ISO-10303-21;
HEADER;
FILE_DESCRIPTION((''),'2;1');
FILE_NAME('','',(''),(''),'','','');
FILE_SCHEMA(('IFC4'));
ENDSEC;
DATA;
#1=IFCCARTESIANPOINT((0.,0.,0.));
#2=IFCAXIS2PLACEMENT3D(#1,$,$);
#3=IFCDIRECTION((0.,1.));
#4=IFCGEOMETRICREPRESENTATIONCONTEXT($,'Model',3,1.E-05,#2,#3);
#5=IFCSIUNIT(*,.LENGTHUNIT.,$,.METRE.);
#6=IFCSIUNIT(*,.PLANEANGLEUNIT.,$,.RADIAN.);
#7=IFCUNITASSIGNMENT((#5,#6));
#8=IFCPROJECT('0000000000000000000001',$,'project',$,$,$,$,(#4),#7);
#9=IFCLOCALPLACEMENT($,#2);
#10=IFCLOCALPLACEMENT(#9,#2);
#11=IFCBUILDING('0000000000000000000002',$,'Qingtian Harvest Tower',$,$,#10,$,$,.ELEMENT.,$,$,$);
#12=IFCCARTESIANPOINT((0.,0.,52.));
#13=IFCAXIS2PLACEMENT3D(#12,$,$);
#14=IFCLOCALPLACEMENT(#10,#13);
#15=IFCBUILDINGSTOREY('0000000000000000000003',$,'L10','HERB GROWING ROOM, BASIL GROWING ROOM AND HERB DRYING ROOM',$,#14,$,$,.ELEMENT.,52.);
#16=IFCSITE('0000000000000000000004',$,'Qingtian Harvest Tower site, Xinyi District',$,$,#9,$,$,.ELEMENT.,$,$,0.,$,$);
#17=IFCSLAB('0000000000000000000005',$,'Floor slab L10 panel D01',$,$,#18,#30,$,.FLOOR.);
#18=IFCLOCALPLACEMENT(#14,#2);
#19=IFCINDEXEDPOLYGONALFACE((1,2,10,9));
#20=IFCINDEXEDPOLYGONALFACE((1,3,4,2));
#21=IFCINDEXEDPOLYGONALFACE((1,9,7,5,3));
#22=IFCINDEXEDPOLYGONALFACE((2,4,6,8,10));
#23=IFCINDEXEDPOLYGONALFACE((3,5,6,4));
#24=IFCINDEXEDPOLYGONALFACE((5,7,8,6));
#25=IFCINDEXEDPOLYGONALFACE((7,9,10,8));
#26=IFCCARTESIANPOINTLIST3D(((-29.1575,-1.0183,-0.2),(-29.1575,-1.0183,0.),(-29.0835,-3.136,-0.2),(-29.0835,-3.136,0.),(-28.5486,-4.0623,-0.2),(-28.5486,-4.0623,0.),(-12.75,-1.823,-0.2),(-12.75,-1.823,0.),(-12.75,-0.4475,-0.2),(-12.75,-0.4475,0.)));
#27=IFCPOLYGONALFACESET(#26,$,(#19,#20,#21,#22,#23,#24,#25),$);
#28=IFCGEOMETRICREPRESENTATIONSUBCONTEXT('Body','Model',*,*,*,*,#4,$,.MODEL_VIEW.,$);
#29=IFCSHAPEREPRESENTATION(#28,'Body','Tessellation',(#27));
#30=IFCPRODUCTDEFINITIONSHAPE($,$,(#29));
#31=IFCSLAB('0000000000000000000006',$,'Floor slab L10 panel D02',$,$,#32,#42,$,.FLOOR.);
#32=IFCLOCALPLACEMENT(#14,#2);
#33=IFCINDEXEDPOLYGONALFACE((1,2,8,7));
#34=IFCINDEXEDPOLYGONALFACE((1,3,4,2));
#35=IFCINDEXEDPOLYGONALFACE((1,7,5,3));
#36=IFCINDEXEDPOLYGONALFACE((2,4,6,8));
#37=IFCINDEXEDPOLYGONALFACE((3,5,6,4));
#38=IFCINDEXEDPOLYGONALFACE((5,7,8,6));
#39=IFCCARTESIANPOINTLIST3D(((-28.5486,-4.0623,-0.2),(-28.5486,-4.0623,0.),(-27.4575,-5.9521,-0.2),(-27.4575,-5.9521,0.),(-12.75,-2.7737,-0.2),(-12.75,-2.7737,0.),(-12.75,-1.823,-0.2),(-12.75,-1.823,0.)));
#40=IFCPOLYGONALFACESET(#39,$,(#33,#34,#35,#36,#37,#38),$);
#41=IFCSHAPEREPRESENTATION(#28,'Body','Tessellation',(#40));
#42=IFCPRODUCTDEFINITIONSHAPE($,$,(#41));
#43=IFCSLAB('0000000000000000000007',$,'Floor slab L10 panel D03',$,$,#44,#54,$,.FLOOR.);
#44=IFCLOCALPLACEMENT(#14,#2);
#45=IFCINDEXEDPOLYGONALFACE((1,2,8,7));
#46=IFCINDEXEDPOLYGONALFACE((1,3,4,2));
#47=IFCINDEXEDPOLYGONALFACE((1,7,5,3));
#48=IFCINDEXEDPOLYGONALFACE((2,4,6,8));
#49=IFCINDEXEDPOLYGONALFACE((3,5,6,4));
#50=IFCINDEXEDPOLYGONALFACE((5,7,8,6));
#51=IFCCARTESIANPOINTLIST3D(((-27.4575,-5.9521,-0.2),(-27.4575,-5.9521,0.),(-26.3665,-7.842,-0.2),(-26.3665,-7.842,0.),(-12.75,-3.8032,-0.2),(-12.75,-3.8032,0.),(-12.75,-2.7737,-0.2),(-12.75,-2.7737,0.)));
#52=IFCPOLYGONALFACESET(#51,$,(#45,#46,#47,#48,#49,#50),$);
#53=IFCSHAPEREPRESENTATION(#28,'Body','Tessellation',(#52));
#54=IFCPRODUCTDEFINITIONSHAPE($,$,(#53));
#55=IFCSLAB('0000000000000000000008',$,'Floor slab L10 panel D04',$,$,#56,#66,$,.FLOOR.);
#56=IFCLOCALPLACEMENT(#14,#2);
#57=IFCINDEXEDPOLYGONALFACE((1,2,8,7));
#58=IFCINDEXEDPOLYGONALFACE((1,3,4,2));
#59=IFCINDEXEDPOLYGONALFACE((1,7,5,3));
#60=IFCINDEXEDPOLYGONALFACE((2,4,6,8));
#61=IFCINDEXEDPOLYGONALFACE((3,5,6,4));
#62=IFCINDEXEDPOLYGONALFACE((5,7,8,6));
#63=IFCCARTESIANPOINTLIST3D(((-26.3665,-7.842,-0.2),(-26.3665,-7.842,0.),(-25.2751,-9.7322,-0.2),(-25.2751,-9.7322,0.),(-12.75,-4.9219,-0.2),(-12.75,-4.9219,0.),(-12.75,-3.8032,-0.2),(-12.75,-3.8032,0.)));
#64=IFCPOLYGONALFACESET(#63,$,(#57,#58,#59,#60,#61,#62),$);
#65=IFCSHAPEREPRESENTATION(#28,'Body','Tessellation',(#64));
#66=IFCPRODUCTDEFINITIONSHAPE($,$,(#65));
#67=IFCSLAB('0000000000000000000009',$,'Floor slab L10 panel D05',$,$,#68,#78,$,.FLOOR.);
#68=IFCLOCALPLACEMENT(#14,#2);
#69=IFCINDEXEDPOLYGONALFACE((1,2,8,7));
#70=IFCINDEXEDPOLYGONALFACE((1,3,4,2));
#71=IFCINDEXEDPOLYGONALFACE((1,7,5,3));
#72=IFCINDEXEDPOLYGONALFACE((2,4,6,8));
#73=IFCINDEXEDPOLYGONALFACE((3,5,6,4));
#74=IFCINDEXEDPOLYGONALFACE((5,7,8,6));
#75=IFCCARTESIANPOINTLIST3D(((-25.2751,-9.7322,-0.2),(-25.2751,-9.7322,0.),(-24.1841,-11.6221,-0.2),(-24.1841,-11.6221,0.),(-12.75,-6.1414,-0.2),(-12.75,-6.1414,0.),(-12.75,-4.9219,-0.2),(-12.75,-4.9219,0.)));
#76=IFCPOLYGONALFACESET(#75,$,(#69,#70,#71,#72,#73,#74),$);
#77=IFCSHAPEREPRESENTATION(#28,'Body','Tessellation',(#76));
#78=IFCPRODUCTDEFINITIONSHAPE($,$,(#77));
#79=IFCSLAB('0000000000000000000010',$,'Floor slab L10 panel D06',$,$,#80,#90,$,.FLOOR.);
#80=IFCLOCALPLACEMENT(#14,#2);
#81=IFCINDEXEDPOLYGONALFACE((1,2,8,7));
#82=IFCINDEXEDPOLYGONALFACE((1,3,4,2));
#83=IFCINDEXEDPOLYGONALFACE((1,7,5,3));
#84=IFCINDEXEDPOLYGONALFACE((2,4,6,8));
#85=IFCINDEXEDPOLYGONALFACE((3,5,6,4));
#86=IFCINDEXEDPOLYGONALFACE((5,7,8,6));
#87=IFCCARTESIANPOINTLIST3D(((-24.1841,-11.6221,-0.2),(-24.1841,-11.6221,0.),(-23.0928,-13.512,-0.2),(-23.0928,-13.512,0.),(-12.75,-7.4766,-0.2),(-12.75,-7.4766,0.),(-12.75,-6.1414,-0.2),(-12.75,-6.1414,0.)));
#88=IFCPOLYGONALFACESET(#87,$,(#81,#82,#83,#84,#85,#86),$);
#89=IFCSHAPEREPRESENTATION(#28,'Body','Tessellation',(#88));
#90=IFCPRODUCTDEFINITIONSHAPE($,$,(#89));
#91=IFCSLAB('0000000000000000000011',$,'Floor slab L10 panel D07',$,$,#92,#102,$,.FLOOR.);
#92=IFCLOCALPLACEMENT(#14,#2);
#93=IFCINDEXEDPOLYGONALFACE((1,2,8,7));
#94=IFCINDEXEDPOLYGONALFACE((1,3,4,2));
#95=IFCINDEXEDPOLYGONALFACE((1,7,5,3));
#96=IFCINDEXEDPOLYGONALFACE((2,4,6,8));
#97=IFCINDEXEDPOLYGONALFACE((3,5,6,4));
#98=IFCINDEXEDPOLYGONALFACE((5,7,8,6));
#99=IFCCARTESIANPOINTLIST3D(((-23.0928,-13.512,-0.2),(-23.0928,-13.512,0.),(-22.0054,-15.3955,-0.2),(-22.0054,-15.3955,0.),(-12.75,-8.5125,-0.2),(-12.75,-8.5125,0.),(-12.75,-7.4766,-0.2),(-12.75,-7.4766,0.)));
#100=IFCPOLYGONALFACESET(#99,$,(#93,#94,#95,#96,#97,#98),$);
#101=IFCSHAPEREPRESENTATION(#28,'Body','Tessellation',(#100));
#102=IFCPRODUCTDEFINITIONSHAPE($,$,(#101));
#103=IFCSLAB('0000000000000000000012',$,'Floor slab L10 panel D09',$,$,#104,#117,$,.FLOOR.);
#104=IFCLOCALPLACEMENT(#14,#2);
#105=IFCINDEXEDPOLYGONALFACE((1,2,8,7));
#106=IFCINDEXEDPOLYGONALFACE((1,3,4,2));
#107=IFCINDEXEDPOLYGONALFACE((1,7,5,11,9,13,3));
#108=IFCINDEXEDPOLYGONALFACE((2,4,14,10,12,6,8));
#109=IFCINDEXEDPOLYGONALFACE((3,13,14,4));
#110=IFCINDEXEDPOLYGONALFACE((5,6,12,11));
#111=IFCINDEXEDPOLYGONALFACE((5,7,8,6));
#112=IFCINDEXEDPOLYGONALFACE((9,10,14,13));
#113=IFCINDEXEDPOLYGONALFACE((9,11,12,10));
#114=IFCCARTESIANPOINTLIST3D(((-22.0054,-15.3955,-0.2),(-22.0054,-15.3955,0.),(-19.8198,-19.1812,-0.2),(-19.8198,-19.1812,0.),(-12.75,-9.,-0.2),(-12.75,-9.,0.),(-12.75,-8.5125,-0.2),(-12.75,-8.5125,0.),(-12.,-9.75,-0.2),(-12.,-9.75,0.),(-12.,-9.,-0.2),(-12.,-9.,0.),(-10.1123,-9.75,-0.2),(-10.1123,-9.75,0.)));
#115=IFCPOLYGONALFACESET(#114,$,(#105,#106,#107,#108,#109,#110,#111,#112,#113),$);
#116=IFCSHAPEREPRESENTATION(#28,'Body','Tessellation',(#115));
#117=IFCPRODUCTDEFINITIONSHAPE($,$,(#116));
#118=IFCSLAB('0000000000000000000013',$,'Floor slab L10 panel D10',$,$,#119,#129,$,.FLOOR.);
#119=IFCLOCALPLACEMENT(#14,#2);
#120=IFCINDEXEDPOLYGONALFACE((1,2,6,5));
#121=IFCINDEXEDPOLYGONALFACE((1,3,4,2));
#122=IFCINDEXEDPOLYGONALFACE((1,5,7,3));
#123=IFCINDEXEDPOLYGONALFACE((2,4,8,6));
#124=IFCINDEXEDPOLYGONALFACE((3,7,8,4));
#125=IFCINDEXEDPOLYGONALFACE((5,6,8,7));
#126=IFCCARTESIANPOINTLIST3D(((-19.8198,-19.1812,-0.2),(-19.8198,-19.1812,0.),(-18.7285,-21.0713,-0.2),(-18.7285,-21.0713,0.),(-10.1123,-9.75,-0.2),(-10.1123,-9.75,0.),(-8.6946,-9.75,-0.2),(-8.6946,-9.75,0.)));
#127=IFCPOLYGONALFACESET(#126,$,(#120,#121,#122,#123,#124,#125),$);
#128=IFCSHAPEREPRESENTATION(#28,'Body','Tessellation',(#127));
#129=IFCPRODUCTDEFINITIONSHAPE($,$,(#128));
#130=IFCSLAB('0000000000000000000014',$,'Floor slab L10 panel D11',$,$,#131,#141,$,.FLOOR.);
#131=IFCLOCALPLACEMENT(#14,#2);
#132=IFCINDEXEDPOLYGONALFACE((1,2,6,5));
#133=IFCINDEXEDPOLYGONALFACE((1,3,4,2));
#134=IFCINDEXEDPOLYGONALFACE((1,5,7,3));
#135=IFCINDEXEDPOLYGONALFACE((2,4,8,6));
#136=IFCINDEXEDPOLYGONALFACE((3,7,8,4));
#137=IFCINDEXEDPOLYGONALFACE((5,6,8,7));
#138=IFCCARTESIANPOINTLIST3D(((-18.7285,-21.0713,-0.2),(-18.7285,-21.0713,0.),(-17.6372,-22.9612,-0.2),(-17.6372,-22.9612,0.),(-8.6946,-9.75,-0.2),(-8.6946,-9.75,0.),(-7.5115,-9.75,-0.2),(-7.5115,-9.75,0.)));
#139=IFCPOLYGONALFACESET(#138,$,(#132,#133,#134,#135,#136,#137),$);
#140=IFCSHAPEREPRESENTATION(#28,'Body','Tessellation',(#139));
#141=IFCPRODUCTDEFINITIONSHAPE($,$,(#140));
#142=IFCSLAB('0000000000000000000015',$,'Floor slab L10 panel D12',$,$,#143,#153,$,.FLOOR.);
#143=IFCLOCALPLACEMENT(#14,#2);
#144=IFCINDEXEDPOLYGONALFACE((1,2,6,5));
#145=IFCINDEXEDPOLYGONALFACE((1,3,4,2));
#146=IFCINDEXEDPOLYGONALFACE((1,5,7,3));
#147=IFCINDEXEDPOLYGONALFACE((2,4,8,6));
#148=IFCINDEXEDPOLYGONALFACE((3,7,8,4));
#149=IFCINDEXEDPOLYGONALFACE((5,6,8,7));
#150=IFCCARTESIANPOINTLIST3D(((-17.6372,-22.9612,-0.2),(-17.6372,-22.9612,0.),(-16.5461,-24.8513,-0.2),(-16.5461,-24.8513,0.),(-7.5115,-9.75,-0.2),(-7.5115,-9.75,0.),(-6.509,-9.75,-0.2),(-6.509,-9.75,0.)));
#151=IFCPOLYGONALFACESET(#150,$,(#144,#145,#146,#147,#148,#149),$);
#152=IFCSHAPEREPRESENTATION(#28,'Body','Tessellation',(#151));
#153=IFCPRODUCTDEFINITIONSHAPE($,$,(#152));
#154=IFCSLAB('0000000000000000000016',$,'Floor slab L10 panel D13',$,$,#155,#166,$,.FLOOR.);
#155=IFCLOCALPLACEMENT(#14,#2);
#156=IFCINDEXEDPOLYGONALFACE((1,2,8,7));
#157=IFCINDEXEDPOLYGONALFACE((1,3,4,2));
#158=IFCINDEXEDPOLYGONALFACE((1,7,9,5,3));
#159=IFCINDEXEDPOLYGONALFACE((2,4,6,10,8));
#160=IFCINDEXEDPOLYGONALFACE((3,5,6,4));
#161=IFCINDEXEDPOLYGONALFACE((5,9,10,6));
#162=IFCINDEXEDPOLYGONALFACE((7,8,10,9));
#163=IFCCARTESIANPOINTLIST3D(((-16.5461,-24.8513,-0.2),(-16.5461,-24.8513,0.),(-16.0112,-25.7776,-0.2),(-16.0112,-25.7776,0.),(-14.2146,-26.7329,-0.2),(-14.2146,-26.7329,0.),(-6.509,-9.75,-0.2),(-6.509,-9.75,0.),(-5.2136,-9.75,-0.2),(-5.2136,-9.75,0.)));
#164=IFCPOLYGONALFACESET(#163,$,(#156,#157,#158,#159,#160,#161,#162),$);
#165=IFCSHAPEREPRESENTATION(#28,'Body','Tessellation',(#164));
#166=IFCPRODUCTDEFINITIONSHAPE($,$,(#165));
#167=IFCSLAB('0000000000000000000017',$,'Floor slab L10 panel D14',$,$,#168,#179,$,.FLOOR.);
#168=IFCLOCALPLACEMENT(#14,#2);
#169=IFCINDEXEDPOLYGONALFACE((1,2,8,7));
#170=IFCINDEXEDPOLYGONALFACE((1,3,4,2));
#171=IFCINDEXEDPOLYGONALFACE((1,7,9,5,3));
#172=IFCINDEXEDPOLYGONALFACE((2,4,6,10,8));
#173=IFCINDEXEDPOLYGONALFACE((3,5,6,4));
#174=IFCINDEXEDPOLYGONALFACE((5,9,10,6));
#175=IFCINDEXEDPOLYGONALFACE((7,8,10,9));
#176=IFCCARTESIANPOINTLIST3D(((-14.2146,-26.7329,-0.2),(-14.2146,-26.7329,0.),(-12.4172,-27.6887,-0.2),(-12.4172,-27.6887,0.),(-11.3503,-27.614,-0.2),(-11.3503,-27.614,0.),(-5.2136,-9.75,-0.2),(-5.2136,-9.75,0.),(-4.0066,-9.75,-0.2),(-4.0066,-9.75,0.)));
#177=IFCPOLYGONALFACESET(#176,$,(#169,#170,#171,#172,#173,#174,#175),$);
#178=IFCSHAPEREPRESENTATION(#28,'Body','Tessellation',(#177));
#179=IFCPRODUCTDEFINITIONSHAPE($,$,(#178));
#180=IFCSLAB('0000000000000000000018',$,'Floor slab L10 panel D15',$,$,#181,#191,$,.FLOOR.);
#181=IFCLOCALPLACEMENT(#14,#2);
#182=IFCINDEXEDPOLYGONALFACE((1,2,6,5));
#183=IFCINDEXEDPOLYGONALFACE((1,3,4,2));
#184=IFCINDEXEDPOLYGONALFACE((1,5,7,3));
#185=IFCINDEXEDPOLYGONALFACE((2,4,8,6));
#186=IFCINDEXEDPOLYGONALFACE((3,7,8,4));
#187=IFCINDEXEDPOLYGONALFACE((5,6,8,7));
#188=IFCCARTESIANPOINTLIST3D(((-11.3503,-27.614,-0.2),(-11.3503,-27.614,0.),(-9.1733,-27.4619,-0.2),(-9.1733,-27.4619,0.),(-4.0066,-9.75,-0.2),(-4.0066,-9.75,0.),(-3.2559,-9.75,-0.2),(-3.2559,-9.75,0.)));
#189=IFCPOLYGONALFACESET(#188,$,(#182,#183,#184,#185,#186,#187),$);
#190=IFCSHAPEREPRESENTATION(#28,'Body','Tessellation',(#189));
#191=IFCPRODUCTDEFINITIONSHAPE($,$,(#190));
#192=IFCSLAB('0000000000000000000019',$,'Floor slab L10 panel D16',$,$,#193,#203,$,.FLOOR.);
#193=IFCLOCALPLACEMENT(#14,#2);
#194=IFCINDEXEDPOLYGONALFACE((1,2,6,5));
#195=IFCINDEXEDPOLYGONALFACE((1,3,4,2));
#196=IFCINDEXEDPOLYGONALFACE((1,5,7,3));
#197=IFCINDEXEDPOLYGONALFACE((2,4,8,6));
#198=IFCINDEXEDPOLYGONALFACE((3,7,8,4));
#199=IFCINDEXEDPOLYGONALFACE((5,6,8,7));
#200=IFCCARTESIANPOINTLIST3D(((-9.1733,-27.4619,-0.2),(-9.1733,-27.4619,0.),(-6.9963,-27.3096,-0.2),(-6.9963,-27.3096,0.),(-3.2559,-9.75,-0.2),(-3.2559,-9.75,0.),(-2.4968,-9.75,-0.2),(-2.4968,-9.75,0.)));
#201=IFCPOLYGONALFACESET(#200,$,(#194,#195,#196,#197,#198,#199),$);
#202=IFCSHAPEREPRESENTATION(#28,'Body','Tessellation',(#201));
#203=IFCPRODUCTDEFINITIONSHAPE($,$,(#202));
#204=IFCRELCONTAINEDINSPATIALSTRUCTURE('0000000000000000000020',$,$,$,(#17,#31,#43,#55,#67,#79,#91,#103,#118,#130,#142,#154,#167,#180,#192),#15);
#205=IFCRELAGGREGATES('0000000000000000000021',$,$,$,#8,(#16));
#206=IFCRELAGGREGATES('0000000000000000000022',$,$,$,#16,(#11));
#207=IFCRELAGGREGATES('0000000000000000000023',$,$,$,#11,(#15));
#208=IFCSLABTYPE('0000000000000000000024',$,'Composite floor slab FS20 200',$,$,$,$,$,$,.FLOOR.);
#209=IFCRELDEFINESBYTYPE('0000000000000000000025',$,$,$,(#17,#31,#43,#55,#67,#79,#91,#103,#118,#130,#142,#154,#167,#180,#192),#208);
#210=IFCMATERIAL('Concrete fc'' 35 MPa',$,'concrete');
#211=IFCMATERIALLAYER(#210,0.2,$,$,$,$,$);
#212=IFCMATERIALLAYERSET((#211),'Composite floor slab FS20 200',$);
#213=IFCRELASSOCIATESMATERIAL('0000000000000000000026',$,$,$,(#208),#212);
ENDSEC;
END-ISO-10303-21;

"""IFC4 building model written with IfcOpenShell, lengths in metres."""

from ifc_helpers import new_model, si_unit, direction, frame, origin, place, context, subcontext, project, spatial, polyline, outline, extrude, material, layer, layer_set, type_object, element, save


model = new_model("IFC4")

# Units and contexts
model_context = context("Model", 3, precision=1e-05, world=origin(), true_north=direction((0.0, 1.0)))
body_context = subcontext(model_context, "Body", "Model", "MODEL_VIEW")
ifc_project = project(units=[si_unit("LENGTHUNIT", "METRE"), si_unit("PLANEANGLEUNIT", "RADIAN")], contexts=[model_context])

# Site, building, storey
site_placement = place(None, origin())
site = spatial("IfcSite", under=ifc_project, at=site_placement, Name="Qingtian Harvest Tower site, Xinyi District", CompositionType="ELEMENT", RefElevation=0.0)
building_placement = place(site_placement, origin())
building = spatial("IfcBuilding", under=site, at=building_placement, Name="Qingtian Harvest Tower", CompositionType="ELEMENT")
storey_placement = place(building_placement, frame((0.0, 0.0, 52.0)))
storey = spatial("IfcBuildingStorey", under=building, at=storey_placement, Name="L10", Description="HERB GROWING ROOM, BASIL GROWING ROOM AND HERB DRYING ROOM", CompositionType="ELEMENT", Elevation=52.0)

# Slabs
ifc_material_1 = material(Name="Concrete fc' 35 MPa", Category="concrete")
ifc_layer_1 = layer(ifc_material_1, 0.2)
ifc_layer_set_1 = layer_set([ifc_layer_1], Name="Composite floor slab FS20 200")
slab_type_1 = type_object("IfcSlabType", Name="Composite floor slab FS20 200", PredefinedType="FLOOR", material=ifc_layer_set_1)
slab_1_placement = place(storey_placement, frame((0.0, 0.0, -0.2)))
element("IfcSlab", 1, at=slab_1_placement, inside=storey, type_object=slab_type_1, Name="Floor slab L10 panel D01", PredefinedType="FLOOR", context=body_context, shape_type="SweptSolid", body=[
    extrude(outline(polyline([(-29.1575, -1.0183), (-12.75, -0.4475), (-12.75, -1.823), (-28.5486, -4.0623), (-29.0835, -3.136), (-29.1575, -1.0183)])), origin(), (0.0, 0.0, 1.0), 0.2),
])
slab_2_placement = place(storey_placement, frame((0.0, 0.0, -0.2)))
element("IfcSlab", 2, at=slab_2_placement, inside=storey, type_object=slab_type_1, Name="Floor slab L10 panel D02", PredefinedType="FLOOR", context=body_context, shape_type="SweptSolid", body=[
    extrude(outline(polyline([(-12.75, -2.7737), (-27.4575, -5.9521), (-28.5486, -4.0623), (-12.75, -1.823), (-12.75, -2.7737)])), origin(), (0.0, 0.0, 1.0), 0.2),
])
slab_3_placement = place(storey_placement, frame((0.0, 0.0, -0.2)))
element("IfcSlab", 3, at=slab_3_placement, inside=storey, type_object=slab_type_1, Name="Floor slab L10 panel D03", PredefinedType="FLOOR", context=body_context, shape_type="SweptSolid", body=[
    extrude(outline(polyline([(-12.75, -3.8032), (-26.3665, -7.842), (-27.4575, -5.9521), (-12.75, -2.7737), (-12.75, -3.8032)])), origin(), (0.0, 0.0, 1.0), 0.2),
])
slab_4_placement = place(storey_placement, frame((0.0, 0.0, -0.2)))
element("IfcSlab", 4, at=slab_4_placement, inside=storey, type_object=slab_type_1, Name="Floor slab L10 panel D04", PredefinedType="FLOOR", context=body_context, shape_type="SweptSolid", body=[
    extrude(outline(polyline([(-12.75, -4.9219), (-25.2751, -9.7322), (-26.3665, -7.842), (-12.75, -3.8032), (-12.75, -4.9219)])), origin(), (0.0, 0.0, 1.0), 0.2),
])
slab_5_placement = place(storey_placement, frame((0.0, 0.0, -0.2)))
element("IfcSlab", 5, at=slab_5_placement, inside=storey, type_object=slab_type_1, Name="Floor slab L10 panel D05", PredefinedType="FLOOR", context=body_context, shape_type="SweptSolid", body=[
    extrude(outline(polyline([(-12.75, -6.1414), (-24.1841, -11.6221), (-25.2751, -9.7322), (-12.75, -4.9219), (-12.75, -6.1414)])), origin(), (0.0, 0.0, 1.0), 0.2),
])
slab_6_placement = place(storey_placement, frame((0.0, 0.0, -0.2)))
element("IfcSlab", 6, at=slab_6_placement, inside=storey, type_object=slab_type_1, Name="Floor slab L10 panel D06", PredefinedType="FLOOR", context=body_context, shape_type="SweptSolid", body=[
    extrude(outline(polyline([(-12.75, -7.4766), (-23.0928, -13.512), (-24.1841, -11.6221), (-12.75, -6.1414), (-12.75, -7.4766)])), origin(), (0.0, 0.0, 1.0), 0.2),
])
slab_7_placement = place(storey_placement, frame((0.0, 0.0, -0.2)))
element("IfcSlab", 7, at=slab_7_placement, inside=storey, type_object=slab_type_1, Name="Floor slab L10 panel D07", PredefinedType="FLOOR", context=body_context, shape_type="SweptSolid", body=[
    extrude(outline(polyline([(-12.75, -8.5125), (-22.0054, -15.3955), (-23.0928, -13.512), (-12.75, -7.4766), (-12.75, -8.5125)])), origin(), (0.0, 0.0, 1.0), 0.2),
])
slab_8_placement = place(storey_placement, frame((0.0, 0.0, -0.2)))
element("IfcSlab", 8, at=slab_8_placement, inside=storey, type_object=slab_type_1, Name="Floor slab L10 panel D09", PredefinedType="FLOOR", context=body_context, shape_type="SweptSolid", body=[
    extrude(outline(polyline([(-19.8198, -19.1812), (-22.0054, -15.3955), (-12.75, -8.5125), (-12.75, -9.0), (-12.0, -9.0), (-12.0, -9.75), (-10.1123, -9.75), (-19.8198, -19.1812)])), origin(), (0.0, 0.0, 1.0), 0.2),
])
slab_9_placement = place(storey_placement, frame((0.0, 0.0, -0.2)))
element("IfcSlab", 9, at=slab_9_placement, inside=storey, type_object=slab_type_1, Name="Floor slab L10 panel D10", PredefinedType="FLOOR", context=body_context, shape_type="SweptSolid", body=[
    extrude(outline(polyline([(-8.6946, -9.75), (-18.7285, -21.0713), (-19.8198, -19.1812), (-10.1123, -9.75), (-8.6946, -9.75)])), origin(), (0.0, 0.0, 1.0), 0.2),
])
slab_10_placement = place(storey_placement, frame((0.0, 0.0, -0.2)))
element("IfcSlab", 10, at=slab_10_placement, inside=storey, type_object=slab_type_1, Name="Floor slab L10 panel D11", PredefinedType="FLOOR", context=body_context, shape_type="SweptSolid", body=[
    extrude(outline(polyline([(-7.5115, -9.75), (-17.6372, -22.9612), (-18.7285, -21.0713), (-8.6946, -9.75), (-7.5115, -9.75)])), origin(), (0.0, 0.0, 1.0), 0.2),
])
slab_11_placement = place(storey_placement, frame((0.0, 0.0, -0.2)))
element("IfcSlab", 11, at=slab_11_placement, inside=storey, type_object=slab_type_1, Name="Floor slab L10 panel D12", PredefinedType="FLOOR", context=body_context, shape_type="SweptSolid", body=[
    extrude(outline(polyline([(-6.509, -9.75), (-16.5461, -24.8513), (-17.6372, -22.9612), (-7.5115, -9.75), (-6.509, -9.75)])), origin(), (0.0, 0.0, 1.0), 0.2),
])
slab_12_placement = place(storey_placement, frame((0.0, 0.0, -0.2)))
element("IfcSlab", 12, at=slab_12_placement, inside=storey, type_object=slab_type_1, Name="Floor slab L10 panel D13", PredefinedType="FLOOR", context=body_context, shape_type="SweptSolid", body=[
    extrude(outline(polyline([(-6.509, -9.75), (-5.2136, -9.75), (-14.2146, -26.7329), (-16.0112, -25.7776), (-16.5461, -24.8513), (-6.509, -9.75)])), origin(), (0.0, 0.0, 1.0), 0.2),
])
slab_13_placement = place(storey_placement, frame((0.0, 0.0, -0.2)))
element("IfcSlab", 13, at=slab_13_placement, inside=storey, type_object=slab_type_1, Name="Floor slab L10 panel D14", PredefinedType="FLOOR", context=body_context, shape_type="SweptSolid", body=[
    extrude(outline(polyline([(-5.2136, -9.75), (-4.0066, -9.75), (-11.3503, -27.614), (-12.4172, -27.6887), (-14.2146, -26.7329), (-5.2136, -9.75)])), origin(), (0.0, 0.0, 1.0), 0.2),
])
slab_14_placement = place(storey_placement, frame((0.0, 0.0, -0.2)))
element("IfcSlab", 14, at=slab_14_placement, inside=storey, type_object=slab_type_1, Name="Floor slab L10 panel D15", PredefinedType="FLOOR", context=body_context, shape_type="SweptSolid", body=[
    extrude(outline(polyline([(-3.2559, -9.75), (-9.1733, -27.4619), (-11.3503, -27.614), (-4.0066, -9.75), (-3.2559, -9.75)])), origin(), (0.0, 0.0, 1.0), 0.2),
])
slab_15_placement = place(storey_placement, frame((0.0, 0.0, -0.2)))
element("IfcSlab", 15, at=slab_15_placement, inside=storey, type_object=slab_type_1, Name="Floor slab L10 panel D16", PredefinedType="FLOOR", context=body_context, shape_type="SweptSolid", body=[
    extrude(outline(polyline([(-2.4968, -9.75), (-6.9963, -27.3096), (-9.1733, -27.4619), (-3.2559, -9.75), (-2.4968, -9.75)])), origin(), (0.0, 0.0, 1.0), 0.2),
])

save(model, "model.ifc")
